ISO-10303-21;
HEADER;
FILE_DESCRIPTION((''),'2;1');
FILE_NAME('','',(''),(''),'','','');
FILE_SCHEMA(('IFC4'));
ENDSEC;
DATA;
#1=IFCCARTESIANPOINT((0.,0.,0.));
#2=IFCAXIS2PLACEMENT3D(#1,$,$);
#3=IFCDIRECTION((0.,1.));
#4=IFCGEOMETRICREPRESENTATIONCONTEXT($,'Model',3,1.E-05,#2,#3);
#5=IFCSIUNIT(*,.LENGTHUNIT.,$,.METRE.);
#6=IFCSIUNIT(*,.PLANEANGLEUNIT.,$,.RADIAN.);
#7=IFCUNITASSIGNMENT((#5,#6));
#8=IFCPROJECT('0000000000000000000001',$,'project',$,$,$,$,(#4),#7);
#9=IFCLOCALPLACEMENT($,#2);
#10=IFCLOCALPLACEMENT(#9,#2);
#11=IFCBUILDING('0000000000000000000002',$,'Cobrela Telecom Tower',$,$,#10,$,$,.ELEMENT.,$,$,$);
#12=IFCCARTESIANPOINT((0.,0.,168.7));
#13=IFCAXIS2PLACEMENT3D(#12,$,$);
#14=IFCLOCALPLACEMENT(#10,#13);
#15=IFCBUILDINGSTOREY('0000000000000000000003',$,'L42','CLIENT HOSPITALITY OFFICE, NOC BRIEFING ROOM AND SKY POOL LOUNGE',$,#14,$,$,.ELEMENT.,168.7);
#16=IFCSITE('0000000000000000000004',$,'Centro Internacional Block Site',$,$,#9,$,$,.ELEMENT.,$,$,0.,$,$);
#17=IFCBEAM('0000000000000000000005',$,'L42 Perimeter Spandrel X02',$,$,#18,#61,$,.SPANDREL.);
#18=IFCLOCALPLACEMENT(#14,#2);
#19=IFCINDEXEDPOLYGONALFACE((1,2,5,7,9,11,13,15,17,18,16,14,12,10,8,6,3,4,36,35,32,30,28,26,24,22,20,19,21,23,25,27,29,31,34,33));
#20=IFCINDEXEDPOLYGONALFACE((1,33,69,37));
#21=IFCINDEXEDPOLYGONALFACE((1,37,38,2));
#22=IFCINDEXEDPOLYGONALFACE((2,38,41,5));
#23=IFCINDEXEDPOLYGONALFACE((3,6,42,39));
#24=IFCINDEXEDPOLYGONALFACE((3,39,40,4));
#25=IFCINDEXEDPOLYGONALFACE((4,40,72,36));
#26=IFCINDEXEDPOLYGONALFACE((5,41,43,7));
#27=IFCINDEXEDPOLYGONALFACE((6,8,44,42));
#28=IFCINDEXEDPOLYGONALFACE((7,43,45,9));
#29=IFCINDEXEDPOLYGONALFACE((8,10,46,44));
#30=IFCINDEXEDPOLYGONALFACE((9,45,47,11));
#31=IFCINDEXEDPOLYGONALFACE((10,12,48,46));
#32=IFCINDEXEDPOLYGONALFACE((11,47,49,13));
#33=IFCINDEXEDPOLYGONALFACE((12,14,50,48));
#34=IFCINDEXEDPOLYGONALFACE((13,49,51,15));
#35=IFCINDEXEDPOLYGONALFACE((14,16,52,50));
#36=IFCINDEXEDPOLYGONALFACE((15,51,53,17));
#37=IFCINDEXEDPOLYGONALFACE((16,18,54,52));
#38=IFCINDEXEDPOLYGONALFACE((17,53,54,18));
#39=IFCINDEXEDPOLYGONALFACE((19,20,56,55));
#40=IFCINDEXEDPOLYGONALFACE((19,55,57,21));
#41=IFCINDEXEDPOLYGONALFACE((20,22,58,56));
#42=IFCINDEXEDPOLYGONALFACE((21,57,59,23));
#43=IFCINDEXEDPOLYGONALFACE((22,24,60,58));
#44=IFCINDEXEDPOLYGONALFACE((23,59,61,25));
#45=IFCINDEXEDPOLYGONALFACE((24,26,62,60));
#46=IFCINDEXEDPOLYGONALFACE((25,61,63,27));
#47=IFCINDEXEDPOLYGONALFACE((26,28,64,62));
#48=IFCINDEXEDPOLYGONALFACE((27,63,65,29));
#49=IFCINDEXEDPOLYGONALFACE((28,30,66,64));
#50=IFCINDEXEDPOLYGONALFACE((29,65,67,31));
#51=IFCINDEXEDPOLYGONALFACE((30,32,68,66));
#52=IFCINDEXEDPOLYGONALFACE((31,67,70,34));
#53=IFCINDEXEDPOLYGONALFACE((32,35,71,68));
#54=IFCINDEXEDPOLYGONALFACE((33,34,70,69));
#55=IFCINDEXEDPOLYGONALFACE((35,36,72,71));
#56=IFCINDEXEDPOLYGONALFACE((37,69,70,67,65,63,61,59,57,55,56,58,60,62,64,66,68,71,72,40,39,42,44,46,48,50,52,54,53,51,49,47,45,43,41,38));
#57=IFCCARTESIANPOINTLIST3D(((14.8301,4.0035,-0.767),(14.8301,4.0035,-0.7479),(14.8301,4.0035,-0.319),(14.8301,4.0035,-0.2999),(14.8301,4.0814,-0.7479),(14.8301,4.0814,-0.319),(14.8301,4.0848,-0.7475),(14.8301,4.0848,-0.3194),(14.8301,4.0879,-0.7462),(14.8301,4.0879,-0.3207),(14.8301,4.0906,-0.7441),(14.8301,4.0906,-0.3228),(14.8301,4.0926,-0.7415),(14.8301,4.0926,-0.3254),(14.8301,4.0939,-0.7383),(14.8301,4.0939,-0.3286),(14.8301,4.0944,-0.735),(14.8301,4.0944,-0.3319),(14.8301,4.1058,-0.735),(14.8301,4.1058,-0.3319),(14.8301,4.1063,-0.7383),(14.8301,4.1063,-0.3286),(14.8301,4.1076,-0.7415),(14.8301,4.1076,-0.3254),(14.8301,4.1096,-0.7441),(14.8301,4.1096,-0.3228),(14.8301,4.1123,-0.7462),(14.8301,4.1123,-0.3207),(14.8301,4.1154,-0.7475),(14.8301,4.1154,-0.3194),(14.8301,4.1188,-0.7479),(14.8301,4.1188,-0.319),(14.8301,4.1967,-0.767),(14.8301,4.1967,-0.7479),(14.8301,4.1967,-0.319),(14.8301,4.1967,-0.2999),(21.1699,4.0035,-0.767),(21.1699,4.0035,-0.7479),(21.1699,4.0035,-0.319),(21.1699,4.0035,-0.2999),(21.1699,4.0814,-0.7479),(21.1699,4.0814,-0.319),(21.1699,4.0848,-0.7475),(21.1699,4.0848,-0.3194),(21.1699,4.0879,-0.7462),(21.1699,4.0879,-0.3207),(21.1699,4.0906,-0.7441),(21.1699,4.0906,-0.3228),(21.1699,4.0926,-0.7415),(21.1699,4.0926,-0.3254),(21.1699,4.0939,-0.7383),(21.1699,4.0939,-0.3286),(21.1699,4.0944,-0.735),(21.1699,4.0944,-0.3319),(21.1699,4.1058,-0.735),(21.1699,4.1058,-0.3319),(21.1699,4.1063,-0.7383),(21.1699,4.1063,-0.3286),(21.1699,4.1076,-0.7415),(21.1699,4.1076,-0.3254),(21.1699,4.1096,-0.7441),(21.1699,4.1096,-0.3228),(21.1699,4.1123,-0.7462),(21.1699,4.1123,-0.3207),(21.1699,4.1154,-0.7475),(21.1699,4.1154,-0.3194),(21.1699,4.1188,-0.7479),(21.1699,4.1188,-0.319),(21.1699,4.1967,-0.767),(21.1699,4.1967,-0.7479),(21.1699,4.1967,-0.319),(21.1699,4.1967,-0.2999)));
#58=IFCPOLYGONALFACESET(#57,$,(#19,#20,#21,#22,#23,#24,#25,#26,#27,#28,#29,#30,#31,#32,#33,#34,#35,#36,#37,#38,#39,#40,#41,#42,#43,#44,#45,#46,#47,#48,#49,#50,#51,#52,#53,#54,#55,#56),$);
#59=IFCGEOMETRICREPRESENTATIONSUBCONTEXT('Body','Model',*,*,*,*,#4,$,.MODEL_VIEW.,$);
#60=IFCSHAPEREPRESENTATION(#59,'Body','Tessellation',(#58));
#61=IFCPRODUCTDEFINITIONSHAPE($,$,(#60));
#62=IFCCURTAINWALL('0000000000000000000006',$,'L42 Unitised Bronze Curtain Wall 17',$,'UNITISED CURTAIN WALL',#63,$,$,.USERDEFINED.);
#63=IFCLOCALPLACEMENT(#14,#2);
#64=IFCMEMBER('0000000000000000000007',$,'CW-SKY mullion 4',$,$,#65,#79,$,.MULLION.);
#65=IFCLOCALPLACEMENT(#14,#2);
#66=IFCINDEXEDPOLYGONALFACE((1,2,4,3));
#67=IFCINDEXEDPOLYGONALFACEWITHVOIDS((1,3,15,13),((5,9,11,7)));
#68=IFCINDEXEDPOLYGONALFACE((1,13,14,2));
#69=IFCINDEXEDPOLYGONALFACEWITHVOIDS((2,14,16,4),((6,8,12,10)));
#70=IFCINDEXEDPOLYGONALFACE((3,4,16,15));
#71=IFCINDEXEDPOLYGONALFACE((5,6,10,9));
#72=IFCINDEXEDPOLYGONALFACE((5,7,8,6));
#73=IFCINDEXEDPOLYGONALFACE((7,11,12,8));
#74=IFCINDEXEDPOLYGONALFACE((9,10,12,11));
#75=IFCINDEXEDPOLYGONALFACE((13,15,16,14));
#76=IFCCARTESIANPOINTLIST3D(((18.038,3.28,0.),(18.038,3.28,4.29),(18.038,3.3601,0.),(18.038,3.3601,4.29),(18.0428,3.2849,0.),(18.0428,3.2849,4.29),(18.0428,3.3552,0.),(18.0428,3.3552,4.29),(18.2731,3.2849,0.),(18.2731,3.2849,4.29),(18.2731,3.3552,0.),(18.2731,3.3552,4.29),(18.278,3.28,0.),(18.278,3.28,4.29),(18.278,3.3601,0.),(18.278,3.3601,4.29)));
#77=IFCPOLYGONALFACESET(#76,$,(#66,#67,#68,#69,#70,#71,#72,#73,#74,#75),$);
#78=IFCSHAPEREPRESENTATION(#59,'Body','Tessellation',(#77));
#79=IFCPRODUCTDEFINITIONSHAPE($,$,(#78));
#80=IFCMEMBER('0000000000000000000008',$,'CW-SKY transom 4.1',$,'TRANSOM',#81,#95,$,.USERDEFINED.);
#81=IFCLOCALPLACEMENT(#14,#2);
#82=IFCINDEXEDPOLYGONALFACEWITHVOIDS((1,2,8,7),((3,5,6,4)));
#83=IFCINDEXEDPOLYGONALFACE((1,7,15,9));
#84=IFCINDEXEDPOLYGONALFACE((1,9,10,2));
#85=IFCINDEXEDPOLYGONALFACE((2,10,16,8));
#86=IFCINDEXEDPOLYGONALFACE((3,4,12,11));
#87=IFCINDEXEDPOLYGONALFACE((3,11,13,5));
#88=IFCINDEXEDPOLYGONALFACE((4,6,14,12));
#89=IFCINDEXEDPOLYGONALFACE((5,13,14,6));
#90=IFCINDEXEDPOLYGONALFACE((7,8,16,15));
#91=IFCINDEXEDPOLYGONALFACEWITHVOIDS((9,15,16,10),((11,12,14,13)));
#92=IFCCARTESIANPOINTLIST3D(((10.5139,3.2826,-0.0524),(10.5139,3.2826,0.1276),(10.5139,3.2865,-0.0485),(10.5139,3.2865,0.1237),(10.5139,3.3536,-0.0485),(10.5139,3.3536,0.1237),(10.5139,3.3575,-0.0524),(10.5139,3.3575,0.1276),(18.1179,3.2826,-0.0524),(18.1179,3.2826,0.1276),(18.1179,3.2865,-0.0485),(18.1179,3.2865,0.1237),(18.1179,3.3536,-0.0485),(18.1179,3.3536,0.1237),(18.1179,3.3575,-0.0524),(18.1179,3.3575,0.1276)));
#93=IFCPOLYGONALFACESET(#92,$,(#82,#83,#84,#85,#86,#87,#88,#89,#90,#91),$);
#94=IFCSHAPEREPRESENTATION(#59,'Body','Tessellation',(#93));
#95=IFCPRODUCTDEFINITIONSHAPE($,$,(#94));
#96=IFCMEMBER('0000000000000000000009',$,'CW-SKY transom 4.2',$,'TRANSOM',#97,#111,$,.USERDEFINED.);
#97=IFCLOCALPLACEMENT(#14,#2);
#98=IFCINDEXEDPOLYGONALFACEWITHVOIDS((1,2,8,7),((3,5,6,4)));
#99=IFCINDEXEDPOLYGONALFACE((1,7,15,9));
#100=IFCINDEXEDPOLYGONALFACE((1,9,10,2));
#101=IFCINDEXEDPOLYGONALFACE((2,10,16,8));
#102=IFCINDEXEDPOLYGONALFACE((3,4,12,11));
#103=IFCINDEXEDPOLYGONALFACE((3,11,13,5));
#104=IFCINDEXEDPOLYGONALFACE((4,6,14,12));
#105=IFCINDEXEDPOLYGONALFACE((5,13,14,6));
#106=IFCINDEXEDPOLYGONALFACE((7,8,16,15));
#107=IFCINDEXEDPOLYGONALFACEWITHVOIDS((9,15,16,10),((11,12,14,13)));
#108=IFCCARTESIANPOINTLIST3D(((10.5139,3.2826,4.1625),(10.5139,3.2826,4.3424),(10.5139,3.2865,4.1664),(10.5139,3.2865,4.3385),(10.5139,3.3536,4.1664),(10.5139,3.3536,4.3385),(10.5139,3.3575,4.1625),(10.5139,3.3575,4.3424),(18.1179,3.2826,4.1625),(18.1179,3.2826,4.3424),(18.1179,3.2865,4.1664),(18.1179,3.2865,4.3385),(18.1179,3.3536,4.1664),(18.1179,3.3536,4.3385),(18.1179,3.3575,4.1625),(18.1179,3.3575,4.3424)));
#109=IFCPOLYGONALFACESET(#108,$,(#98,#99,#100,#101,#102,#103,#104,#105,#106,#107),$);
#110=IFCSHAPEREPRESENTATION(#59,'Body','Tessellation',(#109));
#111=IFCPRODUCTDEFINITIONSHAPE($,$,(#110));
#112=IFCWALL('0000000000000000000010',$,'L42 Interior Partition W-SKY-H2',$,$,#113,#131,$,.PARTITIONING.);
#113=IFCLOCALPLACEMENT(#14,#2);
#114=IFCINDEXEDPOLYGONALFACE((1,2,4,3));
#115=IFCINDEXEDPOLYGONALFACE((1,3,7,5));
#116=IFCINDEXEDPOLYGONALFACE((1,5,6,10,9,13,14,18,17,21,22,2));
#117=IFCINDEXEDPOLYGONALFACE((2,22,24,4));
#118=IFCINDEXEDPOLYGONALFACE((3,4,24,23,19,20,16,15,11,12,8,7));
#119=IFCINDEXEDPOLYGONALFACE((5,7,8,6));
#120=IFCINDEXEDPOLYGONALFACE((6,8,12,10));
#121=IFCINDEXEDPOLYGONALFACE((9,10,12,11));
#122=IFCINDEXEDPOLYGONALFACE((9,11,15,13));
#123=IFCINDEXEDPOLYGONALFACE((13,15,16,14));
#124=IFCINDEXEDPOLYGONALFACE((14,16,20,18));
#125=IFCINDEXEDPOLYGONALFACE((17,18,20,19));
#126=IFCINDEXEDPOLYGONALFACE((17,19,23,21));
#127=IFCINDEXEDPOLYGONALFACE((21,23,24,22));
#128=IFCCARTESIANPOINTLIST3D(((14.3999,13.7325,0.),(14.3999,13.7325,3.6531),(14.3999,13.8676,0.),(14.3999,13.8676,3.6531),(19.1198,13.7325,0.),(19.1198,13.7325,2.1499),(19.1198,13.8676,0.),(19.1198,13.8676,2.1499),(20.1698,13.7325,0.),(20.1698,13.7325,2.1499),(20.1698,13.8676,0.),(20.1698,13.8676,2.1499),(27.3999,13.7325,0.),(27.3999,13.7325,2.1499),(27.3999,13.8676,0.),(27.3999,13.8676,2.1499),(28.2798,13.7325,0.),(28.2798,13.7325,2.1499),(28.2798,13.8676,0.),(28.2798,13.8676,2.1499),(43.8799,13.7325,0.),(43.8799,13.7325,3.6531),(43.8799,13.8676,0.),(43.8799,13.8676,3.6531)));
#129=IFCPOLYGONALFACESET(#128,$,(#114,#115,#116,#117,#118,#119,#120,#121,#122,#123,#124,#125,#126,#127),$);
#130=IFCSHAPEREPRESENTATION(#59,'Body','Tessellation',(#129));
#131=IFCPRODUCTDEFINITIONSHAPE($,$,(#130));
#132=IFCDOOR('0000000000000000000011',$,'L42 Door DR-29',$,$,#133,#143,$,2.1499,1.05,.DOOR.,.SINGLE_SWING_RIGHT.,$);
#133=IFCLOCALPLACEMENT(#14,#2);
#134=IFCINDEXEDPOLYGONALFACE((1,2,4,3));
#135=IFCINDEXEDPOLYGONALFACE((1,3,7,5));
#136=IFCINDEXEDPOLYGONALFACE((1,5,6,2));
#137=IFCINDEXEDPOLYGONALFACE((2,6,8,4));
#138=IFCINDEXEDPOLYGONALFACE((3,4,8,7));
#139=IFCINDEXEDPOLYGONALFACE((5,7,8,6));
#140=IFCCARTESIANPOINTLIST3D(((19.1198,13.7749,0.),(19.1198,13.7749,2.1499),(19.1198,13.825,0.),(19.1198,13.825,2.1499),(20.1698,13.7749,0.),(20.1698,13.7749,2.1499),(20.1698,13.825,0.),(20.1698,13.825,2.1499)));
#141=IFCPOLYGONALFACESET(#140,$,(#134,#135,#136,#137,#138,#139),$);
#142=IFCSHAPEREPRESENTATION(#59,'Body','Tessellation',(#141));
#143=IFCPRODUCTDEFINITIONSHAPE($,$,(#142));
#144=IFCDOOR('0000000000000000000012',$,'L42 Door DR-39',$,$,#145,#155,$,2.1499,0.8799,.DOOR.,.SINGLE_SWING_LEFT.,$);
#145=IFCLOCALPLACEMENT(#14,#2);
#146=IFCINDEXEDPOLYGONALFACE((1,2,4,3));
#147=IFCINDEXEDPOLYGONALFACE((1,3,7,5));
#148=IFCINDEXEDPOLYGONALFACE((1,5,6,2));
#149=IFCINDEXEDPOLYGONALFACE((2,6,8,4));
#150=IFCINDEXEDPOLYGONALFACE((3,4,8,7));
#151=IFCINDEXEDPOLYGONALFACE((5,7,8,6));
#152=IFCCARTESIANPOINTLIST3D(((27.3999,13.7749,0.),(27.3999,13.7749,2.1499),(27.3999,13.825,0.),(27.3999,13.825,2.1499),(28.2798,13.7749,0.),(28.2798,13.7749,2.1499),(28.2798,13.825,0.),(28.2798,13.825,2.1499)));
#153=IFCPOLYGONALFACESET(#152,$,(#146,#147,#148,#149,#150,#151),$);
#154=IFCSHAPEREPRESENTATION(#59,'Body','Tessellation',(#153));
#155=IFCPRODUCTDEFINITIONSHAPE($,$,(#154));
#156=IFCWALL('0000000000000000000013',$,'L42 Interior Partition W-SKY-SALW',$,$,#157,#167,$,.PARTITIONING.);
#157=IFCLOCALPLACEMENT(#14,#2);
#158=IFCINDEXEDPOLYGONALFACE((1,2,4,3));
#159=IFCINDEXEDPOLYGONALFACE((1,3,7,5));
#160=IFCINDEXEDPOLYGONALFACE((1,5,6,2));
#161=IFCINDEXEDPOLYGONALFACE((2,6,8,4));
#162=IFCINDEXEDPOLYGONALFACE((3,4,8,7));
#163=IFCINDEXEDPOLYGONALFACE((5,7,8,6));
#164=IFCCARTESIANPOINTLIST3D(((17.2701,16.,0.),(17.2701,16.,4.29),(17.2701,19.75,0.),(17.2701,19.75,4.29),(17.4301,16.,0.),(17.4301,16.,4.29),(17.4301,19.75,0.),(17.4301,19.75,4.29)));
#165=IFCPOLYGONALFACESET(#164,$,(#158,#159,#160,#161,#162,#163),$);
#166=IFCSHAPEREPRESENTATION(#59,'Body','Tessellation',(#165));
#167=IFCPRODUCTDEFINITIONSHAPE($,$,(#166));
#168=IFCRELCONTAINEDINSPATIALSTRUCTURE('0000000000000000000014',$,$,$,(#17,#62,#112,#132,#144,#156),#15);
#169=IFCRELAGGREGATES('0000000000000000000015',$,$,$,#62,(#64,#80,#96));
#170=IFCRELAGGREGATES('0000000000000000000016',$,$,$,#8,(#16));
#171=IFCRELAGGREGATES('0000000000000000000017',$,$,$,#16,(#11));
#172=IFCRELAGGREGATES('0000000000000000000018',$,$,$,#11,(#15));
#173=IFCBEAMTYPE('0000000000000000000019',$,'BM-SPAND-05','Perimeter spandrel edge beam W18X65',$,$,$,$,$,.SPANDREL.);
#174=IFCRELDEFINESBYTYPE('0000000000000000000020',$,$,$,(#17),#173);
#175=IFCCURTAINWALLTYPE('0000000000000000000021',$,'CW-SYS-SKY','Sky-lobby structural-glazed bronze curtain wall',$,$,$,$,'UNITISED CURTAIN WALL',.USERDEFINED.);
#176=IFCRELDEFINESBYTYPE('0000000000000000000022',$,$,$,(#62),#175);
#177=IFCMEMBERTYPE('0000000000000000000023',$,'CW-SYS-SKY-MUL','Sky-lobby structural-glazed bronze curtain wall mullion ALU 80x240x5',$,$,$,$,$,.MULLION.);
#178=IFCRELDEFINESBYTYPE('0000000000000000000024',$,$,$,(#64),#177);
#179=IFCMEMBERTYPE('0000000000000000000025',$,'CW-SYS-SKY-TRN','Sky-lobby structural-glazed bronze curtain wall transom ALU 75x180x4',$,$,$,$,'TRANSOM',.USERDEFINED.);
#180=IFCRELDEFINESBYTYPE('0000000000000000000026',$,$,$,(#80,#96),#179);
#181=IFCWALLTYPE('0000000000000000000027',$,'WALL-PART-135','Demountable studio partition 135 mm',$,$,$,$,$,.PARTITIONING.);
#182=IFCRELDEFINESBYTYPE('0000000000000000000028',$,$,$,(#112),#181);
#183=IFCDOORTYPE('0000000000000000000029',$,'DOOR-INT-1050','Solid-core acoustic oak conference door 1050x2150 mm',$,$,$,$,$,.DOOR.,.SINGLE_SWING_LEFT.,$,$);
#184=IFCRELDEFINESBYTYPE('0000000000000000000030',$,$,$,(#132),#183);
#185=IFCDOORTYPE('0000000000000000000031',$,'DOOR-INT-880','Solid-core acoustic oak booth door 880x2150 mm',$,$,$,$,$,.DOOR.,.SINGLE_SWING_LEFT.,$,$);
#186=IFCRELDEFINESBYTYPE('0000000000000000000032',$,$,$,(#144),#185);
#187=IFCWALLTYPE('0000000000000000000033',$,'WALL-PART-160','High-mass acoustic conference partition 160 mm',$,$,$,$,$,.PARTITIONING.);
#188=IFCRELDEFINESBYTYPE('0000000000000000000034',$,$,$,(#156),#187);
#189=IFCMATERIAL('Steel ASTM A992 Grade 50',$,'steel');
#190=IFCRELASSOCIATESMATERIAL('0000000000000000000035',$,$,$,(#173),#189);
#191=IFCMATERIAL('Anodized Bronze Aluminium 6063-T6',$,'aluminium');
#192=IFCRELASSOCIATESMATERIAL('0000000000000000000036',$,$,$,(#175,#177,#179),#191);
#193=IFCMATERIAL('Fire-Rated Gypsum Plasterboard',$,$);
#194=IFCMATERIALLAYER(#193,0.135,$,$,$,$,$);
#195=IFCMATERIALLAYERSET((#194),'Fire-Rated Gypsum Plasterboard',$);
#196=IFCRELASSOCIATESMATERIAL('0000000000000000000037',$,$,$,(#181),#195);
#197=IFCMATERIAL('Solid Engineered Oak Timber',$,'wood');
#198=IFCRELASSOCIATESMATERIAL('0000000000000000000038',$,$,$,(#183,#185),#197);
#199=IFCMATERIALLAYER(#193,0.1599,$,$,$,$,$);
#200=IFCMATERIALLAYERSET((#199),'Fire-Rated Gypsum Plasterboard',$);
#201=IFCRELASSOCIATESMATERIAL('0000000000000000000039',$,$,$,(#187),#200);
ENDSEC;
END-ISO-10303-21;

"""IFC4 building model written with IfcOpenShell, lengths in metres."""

from ifc_helpers import new_model, si_unit, direction, frame, frame_2d, origin, origin_2d, place, context, subcontext, project, spatial, rectangle, hollow_rectangle, i_section, extrude, material, layer, layer_set, material_profile, profile_set, type_object, element, fill, aggregate, save


model = new_model("IFC4")

# Units and contexts
model_context = context("Model", 3, precision=1e-05, world=origin(), true_north=direction((0.0, 1.0)))
body_context = subcontext(model_context, "Body", "Model", "MODEL_VIEW")
ifc_project = project(units=[si_unit("LENGTHUNIT", "METRE"), si_unit("PLANEANGLEUNIT", "RADIAN")], contexts=[model_context])

# Site, building, storey
site_placement = place(None, origin())
site = spatial("IfcSite", under=ifc_project, at=site_placement, Name="Centro Internacional Block Site", CompositionType="ELEMENT", RefElevation=0.0)
building_placement = place(site_placement, origin())
building = spatial("IfcBuilding", under=site, at=building_placement, Name="Cobrela Telecom Tower", CompositionType="ELEMENT")
storey_placement = place(building_placement, frame((0.0, 0.0, 168.7)))
storey = spatial("IfcBuildingStorey", under=building, at=storey_placement, Name="L42", Description="CLIENT HOSPITALITY OFFICE, NOC BRIEFING ROOM AND SKY POOL LOUNGE", CompositionType="ELEMENT", Elevation=168.7)

# Shared definitions
ifc_material_1 = material(Name="Steel ASTM A992 Grade 50", Category="steel")

# Beam
ifc_material_profile_1 = material_profile(ifc_material_1, i_section(OverallWidth=0.1931, OverallDepth=0.467, WebThickness=0.0115, FlangeThickness=0.019, FilletRadius=0.0129, at=origin_2d()), Name="W18X65")
ifc_profile_set_1 = profile_set([ifc_material_profile_1], Name="Steel ASTM A992 Grade 50")
beam_type_1 = type_object("IfcBeamType", Name="BM-SPAND-05", Description="Perimeter spandrel edge beam W18X65", PredefinedType="SPANDREL", material=ifc_profile_set_1)
beam_1_placement = place(storey_placement, frame((14.8301, 4.1001, -0.5334), z_axis=(1.0, 0.0, 0.0), x_axis=(0.0, 1.0, 0.0)))
element("IfcBeam", 1, at=beam_1_placement, inside=storey, type_object=beam_type_1, Name="L42 Perimeter Spandrel X02", PredefinedType="SPANDREL", context=body_context, shape_type="SweptSolid", body=[
    extrude(i_section(OverallWidth=0.1931, OverallDepth=0.467, WebThickness=0.0115, FlangeThickness=0.019, FilletRadius=0.0129, at=origin_2d()), origin(), (0.0, 0.0, 1.0), 6.3398),
])

# Curtain wall, members
ifc_material_2 = material(Name="Anodized Bronze Aluminium 6063-T6", Category="aluminium")
curtain_wall_type = type_object("IfcCurtainWallType", Name="CW-SYS-SKY", Description="Sky-lobby structural-glazed bronze curtain wall", ElementType="UNITISED CURTAIN WALL", PredefinedType="USERDEFINED", material=ifc_material_2)
curtain_wall_placement = place(storey_placement, origin())
curtain_wall = element("IfcCurtainWall", 2, at=curtain_wall_placement, inside=storey, type_object=curtain_wall_type, Name="L42 Unitised Bronze Curtain Wall 17", ObjectType="UNITISED CURTAIN WALL", PredefinedType="USERDEFINED")
ifc_material_profile_2 = material_profile(ifc_material_2, hollow_rectangle(XDim=0.0801, YDim=0.24, WallThickness=0.0049, at=origin_2d()), Name="ALU 80x240x5")
ifc_profile_set_2 = profile_set([ifc_material_profile_2], Name="Anodized Bronze Aluminium 6063-T6")
member_type_1 = type_object("IfcMemberType", Name="CW-SYS-SKY-MUL", Description="Sky-lobby structural-glazed bronze curtain wall mullion ALU 80x240x5", PredefinedType="MULLION", material=ifc_profile_set_2)
member_1_placement = place(storey_placement, frame((18.158, 3.3201, 0.0), z_axis=(0.0, 0.0, 1.0), x_axis=(0.0, -1.0, 0.0)))
member_1 = element("IfcMember", 3, at=member_1_placement, type_object=member_type_1, Name="CW-SKY mullion 4", PredefinedType="MULLION", context=body_context, shape_type="SweptSolid", body=[
    extrude(hollow_rectangle(XDim=0.0801, YDim=0.24, WallThickness=0.0049, at=origin_2d()), origin(), (0.0, 0.0, 1.0), 4.29),
])
ifc_material_profile_3 = material_profile(ifc_material_2, hollow_rectangle(XDim=0.075, YDim=0.1799, WallThickness=0.0039, at=origin_2d()), Name="ALU 75x180x4")
ifc_profile_set_3 = profile_set([ifc_material_profile_3], Name="Anodized Bronze Aluminium 6063-T6")
member_type_2 = type_object("IfcMemberType", Name="CW-SYS-SKY-TRN", Description="Sky-lobby structural-glazed bronze curtain wall transom ALU 75x180x4", ElementType="TRANSOM", PredefinedType="USERDEFINED", material=ifc_profile_set_3)
member_2_placement = place(storey_placement, frame((18.1179, 3.3201, 0.0376), z_axis=(-1.0, 0.0, 0.0), x_axis=(0.0, -1.0, 0.0)))
member_2 = element("IfcMember", 4, at=member_2_placement, type_object=member_type_2, Name="CW-SKY transom 4.1", ObjectType="TRANSOM", PredefinedType="USERDEFINED", context=body_context, shape_type="SweptSolid", body=[
    extrude(hollow_rectangle(XDim=0.075, YDim=0.1799, WallThickness=0.0039, at=origin_2d()), origin(), (0.0, 0.0, 1.0), 7.604),
])
member_3_placement = place(storey_placement, frame((18.1179, 3.3201, 4.2524), z_axis=(-1.0, 0.0, 0.0), x_axis=(0.0, -1.0, 0.0)))
member_3 = element("IfcMember", 5, at=member_3_placement, type_object=member_type_2, Name="CW-SKY transom 4.2", ObjectType="TRANSOM", PredefinedType="USERDEFINED", context=body_context, shape_type="SweptSolid", body=[
    extrude(hollow_rectangle(XDim=0.075, YDim=0.1799, WallThickness=0.0039, at=origin_2d()), origin(), (0.0, 0.0, 1.0), 7.604),
])
aggregate(curtain_wall, [member_1, member_2, member_3])

# Wall, openings, doors
ifc_material_3 = material(Name="Fire-Rated Gypsum Plasterboard")
ifc_layer_1 = layer(ifc_material_3, 0.135)
ifc_layer_set_1 = layer_set([ifc_layer_1], Name="Fire-Rated Gypsum Plasterboard")
wall_type_1 = type_object("IfcWallType", Name="WALL-PART-135", Description="Demountable studio partition 135 mm", PredefinedType="PARTITIONING", material=ifc_layer_set_1)
wall_1_placement = place(storey_placement, frame((14.3999, 13.8, 0.0), z_axis=(0.0, 0.0, 1.0), x_axis=(1.0, 0.0, 0.0)))
wall_1 = element("IfcWall", 6, at=wall_1_placement, inside=storey, type_object=wall_type_1, Name="L42 Interior Partition W-SKY-H2", PredefinedType="PARTITIONING", context=body_context, shape_type="SweptSolid", body=[
    extrude(rectangle(XDim=29.48, YDim=0.135, at=frame_2d((14.74, 0.0))), origin(), (0.0, 0.0, 1.0), 3.6531),
])
opening_1_placement = place(wall_1_placement, frame((4.72, 0.0, 0.0)))
opening_1 = element("IfcOpeningElement", 7, at=opening_1_placement, cuts=wall_1, PredefinedType="OPENING", context=body_context, shape_type="SweptSolid", body=[
    extrude(rectangle(XDim=1.05, YDim=2.1499, at=frame_2d((0.5249, 1.075))), frame((0.0, 0.0796, 0.0), z_axis=(0.0, -1.0, 0.0), x_axis=(1.0, 0.0, 0.0)), (0.0, 0.0, 1.0), 0.1589),
])
opening_2_placement = place(wall_1_placement, frame((13.0, 0.0, 0.0)))
opening_2 = element("IfcOpeningElement", 8, at=opening_2_placement, cuts=wall_1, PredefinedType="OPENING", context=body_context, shape_type="SweptSolid", body=[
    extrude(rectangle(XDim=0.8799, YDim=2.1499, at=frame_2d((0.4399, 1.075))), frame((0.0, 0.0796, 0.0), z_axis=(0.0, -1.0, 0.0), x_axis=(1.0, 0.0, 0.0)), (0.0, 0.0, 1.0), 0.1589),
])
ifc_material_4 = material(Name="Solid Engineered Oak Timber", Category="wood")
door_type_1 = type_object("IfcDoorType", Name="DOOR-INT-1050", Description="Solid-core acoustic oak conference door 1050x2150 mm", OperationType="SINGLE_SWING_LEFT", PredefinedType="DOOR", material=ifc_material_4)
door_1_placement = place(opening_1_placement, origin())
door_1 = element("IfcDoor", 9, at=door_1_placement, inside=storey, type_object=door_type_1, Name="L42 Door DR-29", OperationType="SINGLE_SWING_RIGHT", OverallHeight=2.1499, OverallWidth=1.05, PredefinedType="DOOR", context=body_context, shape_type="SweptSolid", body=[
    extrude(rectangle(XDim=1.05, YDim=2.1499, at=frame_2d((0.5249, 1.075))), frame((0.0, 0.0249, 0.0), z_axis=(0.0, -1.0, 0.0), x_axis=(1.0, 0.0, 0.0)), (0.0, 0.0, 1.0), 0.05),
])
fill(opening_1, door_1)
door_type_2 = type_object("IfcDoorType", Name="DOOR-INT-880", Description="Solid-core acoustic oak booth door 880x2150 mm", OperationType="SINGLE_SWING_LEFT", PredefinedType="DOOR", material=ifc_material_4)
door_2_placement = place(opening_2_placement, origin())
door_2 = element("IfcDoor", 10, at=door_2_placement, inside=storey, type_object=door_type_2, Name="L42 Door DR-39", OperationType="SINGLE_SWING_LEFT", OverallHeight=2.1499, OverallWidth=0.8799, PredefinedType="DOOR", context=body_context, shape_type="SweptSolid", body=[
    extrude(rectangle(XDim=0.8799, YDim=2.1499, at=frame_2d((0.4399, 1.075))), frame((0.0, 0.0249, 0.0), z_axis=(0.0, -1.0, 0.0), x_axis=(1.0, 0.0, 0.0)), (0.0, 0.0, 1.0), 0.05),
])
fill(opening_2, door_2)

# Wall
ifc_layer_2 = layer(ifc_material_3, 0.1599)
ifc_layer_set_2 = layer_set([ifc_layer_2], Name="Fire-Rated Gypsum Plasterboard")
wall_type_2 = type_object("IfcWallType", Name="WALL-PART-160", Description="High-mass acoustic conference partition 160 mm", PredefinedType="PARTITIONING", material=ifc_layer_set_2)
wall_2_placement = place(storey_placement, frame((17.3501, 16.0, 0.0), z_axis=(0.0, 0.0, 1.0), x_axis=(0.0, 1.0, 0.0)))
element("IfcWall", 11, at=wall_2_placement, inside=storey, type_object=wall_type_2, Name="L42 Interior Partition W-SKY-SALW", PredefinedType="PARTITIONING", context=body_context, shape_type="SweptSolid", body=[
    extrude(rectangle(XDim=3.75, YDim=0.1599, at=frame_2d((1.875, 0.0))), origin(), (0.0, 0.0, 1.0), 4.29),
])

save(model, "model.ifc")
